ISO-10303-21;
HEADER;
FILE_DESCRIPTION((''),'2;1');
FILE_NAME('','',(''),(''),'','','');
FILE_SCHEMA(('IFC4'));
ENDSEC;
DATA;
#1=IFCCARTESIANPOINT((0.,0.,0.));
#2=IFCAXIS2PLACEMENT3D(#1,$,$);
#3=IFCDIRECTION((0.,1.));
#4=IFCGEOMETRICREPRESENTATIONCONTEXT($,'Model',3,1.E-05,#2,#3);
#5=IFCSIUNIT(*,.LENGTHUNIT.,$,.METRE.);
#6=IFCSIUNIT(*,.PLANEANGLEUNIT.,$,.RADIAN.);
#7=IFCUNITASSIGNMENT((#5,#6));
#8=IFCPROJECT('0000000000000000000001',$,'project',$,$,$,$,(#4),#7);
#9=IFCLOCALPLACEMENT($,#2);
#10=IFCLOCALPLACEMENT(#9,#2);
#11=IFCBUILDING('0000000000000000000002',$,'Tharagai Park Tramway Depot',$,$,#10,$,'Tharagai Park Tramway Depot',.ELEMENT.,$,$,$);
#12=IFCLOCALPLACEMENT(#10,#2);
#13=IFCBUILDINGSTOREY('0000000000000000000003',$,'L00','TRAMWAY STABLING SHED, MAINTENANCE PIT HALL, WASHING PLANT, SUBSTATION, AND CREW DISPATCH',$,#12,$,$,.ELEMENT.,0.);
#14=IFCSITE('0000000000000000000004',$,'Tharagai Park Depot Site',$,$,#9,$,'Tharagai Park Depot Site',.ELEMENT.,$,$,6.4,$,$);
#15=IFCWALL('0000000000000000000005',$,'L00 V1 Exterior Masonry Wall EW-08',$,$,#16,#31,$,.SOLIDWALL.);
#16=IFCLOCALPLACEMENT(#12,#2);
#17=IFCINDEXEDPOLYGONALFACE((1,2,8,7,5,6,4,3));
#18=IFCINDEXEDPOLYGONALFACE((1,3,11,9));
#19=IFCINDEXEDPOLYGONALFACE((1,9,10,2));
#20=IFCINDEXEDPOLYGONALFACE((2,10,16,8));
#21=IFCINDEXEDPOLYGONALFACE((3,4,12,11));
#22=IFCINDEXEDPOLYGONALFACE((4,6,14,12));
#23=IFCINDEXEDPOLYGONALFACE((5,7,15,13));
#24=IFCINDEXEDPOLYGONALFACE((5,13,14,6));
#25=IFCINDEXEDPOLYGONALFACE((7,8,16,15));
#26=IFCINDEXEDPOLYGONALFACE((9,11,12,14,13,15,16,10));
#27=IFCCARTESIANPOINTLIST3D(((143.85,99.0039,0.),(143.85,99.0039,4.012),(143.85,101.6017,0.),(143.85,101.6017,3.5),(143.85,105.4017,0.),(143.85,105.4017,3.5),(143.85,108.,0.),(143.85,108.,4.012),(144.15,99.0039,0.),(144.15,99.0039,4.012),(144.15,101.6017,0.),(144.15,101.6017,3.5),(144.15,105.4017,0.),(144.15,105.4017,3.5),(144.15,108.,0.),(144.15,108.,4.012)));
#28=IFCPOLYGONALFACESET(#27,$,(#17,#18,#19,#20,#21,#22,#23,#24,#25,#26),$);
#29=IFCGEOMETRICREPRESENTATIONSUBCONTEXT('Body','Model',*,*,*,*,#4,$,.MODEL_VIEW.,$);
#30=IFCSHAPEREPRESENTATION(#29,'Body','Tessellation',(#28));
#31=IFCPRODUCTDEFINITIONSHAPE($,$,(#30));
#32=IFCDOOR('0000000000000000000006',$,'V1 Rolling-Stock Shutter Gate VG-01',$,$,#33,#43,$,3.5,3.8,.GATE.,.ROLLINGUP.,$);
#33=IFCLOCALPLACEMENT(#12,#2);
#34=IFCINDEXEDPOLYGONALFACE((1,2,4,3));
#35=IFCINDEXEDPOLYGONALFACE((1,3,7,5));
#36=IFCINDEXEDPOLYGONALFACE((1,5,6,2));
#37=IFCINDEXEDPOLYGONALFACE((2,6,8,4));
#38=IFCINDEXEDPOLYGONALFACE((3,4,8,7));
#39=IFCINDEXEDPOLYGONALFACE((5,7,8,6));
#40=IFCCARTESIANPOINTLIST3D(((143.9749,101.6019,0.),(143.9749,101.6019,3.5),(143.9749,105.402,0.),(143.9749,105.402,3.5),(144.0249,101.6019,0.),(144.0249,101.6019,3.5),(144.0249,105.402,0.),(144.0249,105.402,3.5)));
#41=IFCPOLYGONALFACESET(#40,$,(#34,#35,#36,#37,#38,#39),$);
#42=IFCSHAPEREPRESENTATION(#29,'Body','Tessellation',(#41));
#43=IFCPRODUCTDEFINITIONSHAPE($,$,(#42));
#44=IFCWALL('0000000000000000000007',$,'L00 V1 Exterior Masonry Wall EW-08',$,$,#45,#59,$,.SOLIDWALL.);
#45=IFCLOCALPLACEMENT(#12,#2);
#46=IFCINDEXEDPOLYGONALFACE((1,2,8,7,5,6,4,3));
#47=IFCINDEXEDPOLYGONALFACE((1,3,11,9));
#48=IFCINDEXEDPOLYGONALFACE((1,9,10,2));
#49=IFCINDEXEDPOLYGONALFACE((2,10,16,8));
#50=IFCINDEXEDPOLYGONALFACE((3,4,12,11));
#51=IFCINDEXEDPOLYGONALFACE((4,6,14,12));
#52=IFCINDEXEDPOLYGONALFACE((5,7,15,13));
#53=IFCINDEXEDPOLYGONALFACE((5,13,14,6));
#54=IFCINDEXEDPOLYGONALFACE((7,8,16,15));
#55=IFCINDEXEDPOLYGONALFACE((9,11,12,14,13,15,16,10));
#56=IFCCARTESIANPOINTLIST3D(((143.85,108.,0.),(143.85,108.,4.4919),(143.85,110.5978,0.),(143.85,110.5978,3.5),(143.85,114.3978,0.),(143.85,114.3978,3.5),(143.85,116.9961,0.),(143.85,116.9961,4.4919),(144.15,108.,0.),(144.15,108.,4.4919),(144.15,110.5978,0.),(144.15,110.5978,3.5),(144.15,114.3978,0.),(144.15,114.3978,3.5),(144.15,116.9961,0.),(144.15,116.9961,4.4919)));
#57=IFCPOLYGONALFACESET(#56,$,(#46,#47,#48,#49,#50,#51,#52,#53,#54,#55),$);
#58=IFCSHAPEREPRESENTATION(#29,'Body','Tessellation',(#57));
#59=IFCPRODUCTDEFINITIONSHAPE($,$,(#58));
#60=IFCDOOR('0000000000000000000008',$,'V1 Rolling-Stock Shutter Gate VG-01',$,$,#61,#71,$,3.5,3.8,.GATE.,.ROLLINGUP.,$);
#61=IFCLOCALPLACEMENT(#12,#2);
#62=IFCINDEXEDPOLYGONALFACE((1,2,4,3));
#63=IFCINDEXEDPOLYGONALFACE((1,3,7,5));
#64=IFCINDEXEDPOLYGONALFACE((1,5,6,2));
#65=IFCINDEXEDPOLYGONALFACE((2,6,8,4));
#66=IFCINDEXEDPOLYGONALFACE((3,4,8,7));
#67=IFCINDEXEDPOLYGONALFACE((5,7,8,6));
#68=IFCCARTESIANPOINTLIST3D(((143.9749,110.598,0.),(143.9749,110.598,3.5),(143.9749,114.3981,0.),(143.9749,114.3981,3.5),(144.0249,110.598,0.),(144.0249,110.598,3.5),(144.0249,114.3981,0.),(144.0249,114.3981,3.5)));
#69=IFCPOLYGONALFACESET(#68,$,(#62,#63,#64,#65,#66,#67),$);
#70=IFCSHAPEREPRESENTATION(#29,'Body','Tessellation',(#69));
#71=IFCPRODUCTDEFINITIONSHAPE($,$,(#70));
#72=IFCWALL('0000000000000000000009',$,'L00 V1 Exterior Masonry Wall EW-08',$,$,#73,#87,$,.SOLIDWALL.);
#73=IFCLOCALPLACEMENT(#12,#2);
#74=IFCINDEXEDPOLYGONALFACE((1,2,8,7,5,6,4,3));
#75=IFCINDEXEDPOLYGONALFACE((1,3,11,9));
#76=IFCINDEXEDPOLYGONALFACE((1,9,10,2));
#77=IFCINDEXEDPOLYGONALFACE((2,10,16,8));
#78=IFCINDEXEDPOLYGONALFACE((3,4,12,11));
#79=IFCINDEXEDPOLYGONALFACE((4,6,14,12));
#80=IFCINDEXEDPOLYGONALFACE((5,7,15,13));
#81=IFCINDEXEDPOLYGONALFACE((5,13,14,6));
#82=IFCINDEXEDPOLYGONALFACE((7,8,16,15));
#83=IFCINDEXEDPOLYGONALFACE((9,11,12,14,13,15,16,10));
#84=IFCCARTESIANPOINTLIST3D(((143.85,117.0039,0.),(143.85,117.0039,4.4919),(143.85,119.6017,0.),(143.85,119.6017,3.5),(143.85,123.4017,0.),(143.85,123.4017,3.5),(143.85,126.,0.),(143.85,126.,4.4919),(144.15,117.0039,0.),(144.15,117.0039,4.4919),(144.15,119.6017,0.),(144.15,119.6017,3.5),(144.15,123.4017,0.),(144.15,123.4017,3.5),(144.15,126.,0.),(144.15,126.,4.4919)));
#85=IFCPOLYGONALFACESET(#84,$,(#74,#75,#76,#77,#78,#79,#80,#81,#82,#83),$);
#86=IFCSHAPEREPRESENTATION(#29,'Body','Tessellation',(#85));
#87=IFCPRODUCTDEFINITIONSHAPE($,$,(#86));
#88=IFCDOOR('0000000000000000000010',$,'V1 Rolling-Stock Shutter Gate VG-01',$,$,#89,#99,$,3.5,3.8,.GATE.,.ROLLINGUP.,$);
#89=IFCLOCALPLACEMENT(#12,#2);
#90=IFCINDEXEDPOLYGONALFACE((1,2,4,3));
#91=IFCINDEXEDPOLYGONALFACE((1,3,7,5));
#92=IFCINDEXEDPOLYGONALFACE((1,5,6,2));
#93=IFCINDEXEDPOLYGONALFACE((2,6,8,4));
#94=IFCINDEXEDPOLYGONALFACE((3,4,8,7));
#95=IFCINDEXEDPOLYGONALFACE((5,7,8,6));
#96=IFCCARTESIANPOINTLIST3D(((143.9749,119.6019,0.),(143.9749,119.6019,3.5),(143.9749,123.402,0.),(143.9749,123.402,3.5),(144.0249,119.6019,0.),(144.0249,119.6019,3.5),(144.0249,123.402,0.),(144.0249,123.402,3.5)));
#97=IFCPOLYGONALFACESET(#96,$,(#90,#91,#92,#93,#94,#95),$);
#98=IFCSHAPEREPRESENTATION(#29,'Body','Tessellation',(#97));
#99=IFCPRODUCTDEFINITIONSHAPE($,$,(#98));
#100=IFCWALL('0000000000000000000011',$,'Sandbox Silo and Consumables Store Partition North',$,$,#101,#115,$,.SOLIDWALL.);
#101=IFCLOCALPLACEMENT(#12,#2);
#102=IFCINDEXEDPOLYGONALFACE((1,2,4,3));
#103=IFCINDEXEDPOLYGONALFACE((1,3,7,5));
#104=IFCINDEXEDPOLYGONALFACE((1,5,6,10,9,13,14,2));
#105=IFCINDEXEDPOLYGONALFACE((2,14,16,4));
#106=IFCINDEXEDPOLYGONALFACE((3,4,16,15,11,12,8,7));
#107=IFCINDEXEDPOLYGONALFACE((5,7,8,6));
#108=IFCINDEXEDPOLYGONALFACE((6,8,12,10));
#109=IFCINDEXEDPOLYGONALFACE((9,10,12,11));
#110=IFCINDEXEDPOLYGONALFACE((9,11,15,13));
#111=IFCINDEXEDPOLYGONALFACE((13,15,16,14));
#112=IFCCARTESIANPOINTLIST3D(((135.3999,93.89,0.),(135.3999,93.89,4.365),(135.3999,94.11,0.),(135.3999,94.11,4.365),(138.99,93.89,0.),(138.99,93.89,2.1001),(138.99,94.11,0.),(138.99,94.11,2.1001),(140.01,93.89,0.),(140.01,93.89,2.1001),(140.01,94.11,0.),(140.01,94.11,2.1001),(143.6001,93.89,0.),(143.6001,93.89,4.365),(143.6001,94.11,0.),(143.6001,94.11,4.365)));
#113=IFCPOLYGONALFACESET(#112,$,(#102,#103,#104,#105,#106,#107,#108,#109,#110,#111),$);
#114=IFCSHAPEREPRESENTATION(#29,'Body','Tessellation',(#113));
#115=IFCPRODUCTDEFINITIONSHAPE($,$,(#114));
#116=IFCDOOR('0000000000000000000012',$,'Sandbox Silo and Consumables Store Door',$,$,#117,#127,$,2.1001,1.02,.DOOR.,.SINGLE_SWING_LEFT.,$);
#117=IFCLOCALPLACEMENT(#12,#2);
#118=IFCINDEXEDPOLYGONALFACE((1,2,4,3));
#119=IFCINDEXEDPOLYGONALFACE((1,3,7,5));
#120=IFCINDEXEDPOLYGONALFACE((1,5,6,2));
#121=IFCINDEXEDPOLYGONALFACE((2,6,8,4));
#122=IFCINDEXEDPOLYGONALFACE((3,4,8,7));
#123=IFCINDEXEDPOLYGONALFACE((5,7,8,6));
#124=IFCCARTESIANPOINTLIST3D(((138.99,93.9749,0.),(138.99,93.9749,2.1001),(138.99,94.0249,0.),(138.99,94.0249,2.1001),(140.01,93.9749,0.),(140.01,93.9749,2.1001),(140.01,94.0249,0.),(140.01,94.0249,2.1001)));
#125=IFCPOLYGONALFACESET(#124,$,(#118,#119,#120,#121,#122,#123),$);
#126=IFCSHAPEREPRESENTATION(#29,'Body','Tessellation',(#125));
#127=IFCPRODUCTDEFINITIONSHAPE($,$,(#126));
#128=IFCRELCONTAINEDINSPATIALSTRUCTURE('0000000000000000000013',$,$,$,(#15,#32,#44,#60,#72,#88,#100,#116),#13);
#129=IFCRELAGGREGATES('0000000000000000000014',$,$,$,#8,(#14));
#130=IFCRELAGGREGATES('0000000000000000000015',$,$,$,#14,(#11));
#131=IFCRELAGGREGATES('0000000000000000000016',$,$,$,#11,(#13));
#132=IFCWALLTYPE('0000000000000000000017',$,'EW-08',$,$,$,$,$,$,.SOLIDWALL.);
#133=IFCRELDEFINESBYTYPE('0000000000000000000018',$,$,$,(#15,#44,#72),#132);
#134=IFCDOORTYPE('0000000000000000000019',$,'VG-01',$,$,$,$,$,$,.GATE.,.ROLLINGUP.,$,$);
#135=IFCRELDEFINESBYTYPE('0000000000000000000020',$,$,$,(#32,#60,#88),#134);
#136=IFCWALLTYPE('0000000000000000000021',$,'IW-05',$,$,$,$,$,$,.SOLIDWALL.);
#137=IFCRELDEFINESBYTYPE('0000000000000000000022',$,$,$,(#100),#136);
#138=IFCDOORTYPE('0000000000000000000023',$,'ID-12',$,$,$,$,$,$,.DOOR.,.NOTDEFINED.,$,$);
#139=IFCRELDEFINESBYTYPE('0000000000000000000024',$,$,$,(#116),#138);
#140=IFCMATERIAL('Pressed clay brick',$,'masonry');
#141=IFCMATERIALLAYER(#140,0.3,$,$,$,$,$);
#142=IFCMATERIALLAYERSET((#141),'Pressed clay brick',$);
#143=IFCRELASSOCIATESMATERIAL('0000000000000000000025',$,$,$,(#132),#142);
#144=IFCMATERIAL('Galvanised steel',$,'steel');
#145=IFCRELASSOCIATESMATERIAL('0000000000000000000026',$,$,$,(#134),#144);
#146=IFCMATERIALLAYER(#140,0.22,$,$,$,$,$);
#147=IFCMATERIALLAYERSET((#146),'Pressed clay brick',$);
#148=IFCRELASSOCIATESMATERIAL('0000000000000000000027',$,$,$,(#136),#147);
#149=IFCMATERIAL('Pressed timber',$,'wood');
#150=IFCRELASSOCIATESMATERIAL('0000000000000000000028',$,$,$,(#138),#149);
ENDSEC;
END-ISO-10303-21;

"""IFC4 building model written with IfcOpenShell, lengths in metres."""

from ifc_helpers import new_model, si_unit, direction, frame, frame_2d, origin, place, context, subcontext, project, spatial, rectangle, extrude, material, layer, layer_set, type_object, element, fill, save


model = new_model("IFC4")

# Units and contexts
model_context = context("Model", 3, precision=1e-05, world=origin(), true_north=direction((0.0, 1.0)))
body_context = subcontext(model_context, "Body", "Model", "MODEL_VIEW")
ifc_project = project(units=[si_unit("LENGTHUNIT", "METRE"), si_unit("PLANEANGLEUNIT", "RADIAN")], contexts=[model_context])

# Site, building, storey
site_placement = place(None, origin())
site = spatial("IfcSite", under=ifc_project, at=site_placement, Name="Tharagai Park Depot Site", LongName="Tharagai Park Depot Site", CompositionType="ELEMENT", RefElevation=6.4)
building_placement = place(site_placement, origin())
building = spatial("IfcBuilding", under=site, at=building_placement, Name="Tharagai Park Tramway Depot", LongName="Tharagai Park Tramway Depot", CompositionType="ELEMENT")
storey_placement = place(building_placement, origin())
storey = spatial("IfcBuildingStorey", under=building, at=storey_placement, Name="L00", Description="TRAMWAY STABLING SHED, MAINTENANCE PIT HALL, WASHING PLANT, SUBSTATION, AND CREW DISPATCH", CompositionType="ELEMENT", Elevation=0.0)

# Walls, openings, doors
ifc_material_1 = material(Name="Pressed clay brick", Category="masonry")
ifc_layer_1 = layer(ifc_material_1, 0.3)
ifc_layer_set_1 = layer_set([ifc_layer_1], Name="Pressed clay brick")
wall_type_1 = type_object("IfcWallType", Name="EW-08", PredefinedType="SOLIDWALL", material=ifc_layer_set_1)
wall_1_placement = place(storey_placement, frame((144.0, 99.0039, 0.0), z_axis=(0.0, 0.0, 1.0), x_axis=(0.0, 1.0, 0.0)))
wall_1 = element("IfcWall", 1, at=wall_1_placement, inside=storey, type_object=wall_type_1, Name="L00 V1 Exterior Masonry Wall EW-08", PredefinedType="SOLIDWALL", context=body_context, shape_type="SweptSolid", body=[
    extrude(rectangle(XDim=8.9961, YDim=0.3, at=frame_2d((4.498, 0.0))), origin(), (0.0, 0.0, 1.0), 4.012),
])
opening_1_placement = place(wall_1_placement, frame((2.5979, 0.0, 0.0)))
opening_1 = element("IfcOpeningElement", 2, at=opening_1_placement, cuts=wall_1, PredefinedType="OPENING", context=body_context, shape_type="SweptSolid", body=[
    extrude(rectangle(XDim=3.8, YDim=3.5, at=frame_2d((1.8999, 1.75))), frame((0.0, 0.1599, 0.0), z_axis=(0.0, -1.0, 0.0), x_axis=(1.0, 0.0, 0.0)), (0.0, 0.0, 1.0), 0.3201),
])
ifc_material_2 = material(Name="Galvanised steel", Category="steel")
door_type_1 = type_object("IfcDoorType", Name="VG-01", OperationType="ROLLINGUP", PredefinedType="GATE", material=ifc_material_2)
door_1_placement = place(opening_1_placement, frame((3.8, 0.0, 0.0), z_axis=(0.0, 0.0, 1.0), x_axis=(-1.0, 0.0, 0.0)))
door_1 = element("IfcDoor", 3, at=door_1_placement, inside=storey, type_object=door_type_1, Name="V1 Rolling-Stock Shutter Gate VG-01", OperationType="ROLLINGUP", OverallHeight=3.5, OverallWidth=3.8, PredefinedType="GATE", context=body_context, shape_type="SweptSolid", body=[
    extrude(rectangle(XDim=3.8, YDim=3.5, at=frame_2d((1.8999, 1.75))), frame((0.0, 0.0249, 0.0), z_axis=(0.0, -1.0, 0.0), x_axis=(1.0, 0.0, 0.0)), (0.0, 0.0, 1.0), 0.05),
])
fill(opening_1, door_1)
wall_2_placement = place(storey_placement, frame((144.0, 108.0, 0.0), z_axis=(0.0, 0.0, 1.0), x_axis=(0.0, 1.0, 0.0)))
wall_2 = element("IfcWall", 4, at=wall_2_placement, inside=storey, type_object=wall_type_1, Name="L00 V1 Exterior Masonry Wall EW-08", PredefinedType="SOLIDWALL", context=body_context, shape_type="SweptSolid", body=[
    extrude(rectangle(XDim=8.9961, YDim=0.3, at=frame_2d((4.498, 0.0))), origin(), (0.0, 0.0, 1.0), 4.4919),
])
opening_2_placement = place(wall_2_placement, frame((2.5979, 0.0, 0.0)))
opening_2 = element("IfcOpeningElement", 5, at=opening_2_placement, cuts=wall_2, PredefinedType="OPENING", context=body_context, shape_type="SweptSolid", body=[
    extrude(rectangle(XDim=3.8, YDim=3.5, at=frame_2d((1.8999, 1.75))), frame((0.0, 0.1599, 0.0), z_axis=(0.0, -1.0, 0.0), x_axis=(1.0, 0.0, 0.0)), (0.0, 0.0, 1.0), 0.3201),
])
door_2_placement = place(opening_2_placement, frame((3.8, 0.0, 0.0), z_axis=(0.0, 0.0, 1.0), x_axis=(-1.0, 0.0, 0.0)))
door_2 = element("IfcDoor", 6, at=door_2_placement, inside=storey, type_object=door_type_1, Name="V1 Rolling-Stock Shutter Gate VG-01", OperationType="ROLLINGUP", OverallHeight=3.5, OverallWidth=3.8, PredefinedType="GATE", context=body_context, shape_type="SweptSolid", body=[
    extrude(rectangle(XDim=3.8, YDim=3.5, at=frame_2d((1.8999, 1.75))), frame((0.0, 0.0249, 0.0), z_axis=(0.0, -1.0, 0.0), x_axis=(1.0, 0.0, 0.0)), (0.0, 0.0, 1.0), 0.05),
])
fill(opening_2, door_2)
wall_3_placement = place(storey_placement, frame((144.0, 117.0039, 0.0), z_axis=(0.0, 0.0, 1.0), x_axis=(0.0, 1.0, 0.0)))
wall_3 = element("IfcWall", 7, at=wall_3_placement, inside=storey, type_object=wall_type_1, Name="L00 V1 Exterior Masonry Wall EW-08", PredefinedType="SOLIDWALL", context=body_context, shape_type="SweptSolid", body=[
    extrude(rectangle(XDim=8.9961, YDim=0.3, at=frame_2d((4.498, 0.0))), origin(), (0.0, 0.0, 1.0), 4.4919),
])
opening_3_placement = place(wall_3_placement, frame((2.5979, 0.0, 0.0)))
opening_3 = element("IfcOpeningElement", 8, at=opening_3_placement, cuts=wall_3, PredefinedType="OPENING", context=body_context, shape_type="SweptSolid", body=[
    extrude(rectangle(XDim=3.8, YDim=3.5, at=frame_2d((1.8999, 1.75))), frame((0.0, 0.1599, 0.0), z_axis=(0.0, -1.0, 0.0), x_axis=(1.0, 0.0, 0.0)), (0.0, 0.0, 1.0), 0.3201),
])
door_3_placement = place(opening_3_placement, frame((3.8, 0.0, 0.0), z_axis=(0.0, 0.0, 1.0), x_axis=(-1.0, 0.0, 0.0)))
door_3 = element("IfcDoor", 9, at=door_3_placement, inside=storey, type_object=door_type_1, Name="V1 Rolling-Stock Shutter Gate VG-01", OperationType="ROLLINGUP", OverallHeight=3.5, OverallWidth=3.8, PredefinedType="GATE", context=body_context, shape_type="SweptSolid", body=[
    extrude(rectangle(XDim=3.8, YDim=3.5, at=frame_2d((1.8999, 1.75))), frame((0.0, 0.0249, 0.0), z_axis=(0.0, -1.0, 0.0), x_axis=(1.0, 0.0, 0.0)), (0.0, 0.0, 1.0), 0.05),
])
fill(opening_3, door_3)
ifc_layer_2 = layer(ifc_material_1, 0.22)
ifc_layer_set_2 = layer_set([ifc_layer_2], Name="Pressed clay brick")
wall_type_2 = type_object("IfcWallType", Name="IW-05", PredefinedType="SOLIDWALL", material=ifc_layer_set_2)
wall_4_placement = place(storey_placement, frame((135.3999, 94.0, 0.0), z_axis=(0.0, 0.0, 1.0), x_axis=(1.0, 0.0, 0.0)))
wall_4 = element("IfcWall", 10, at=wall_4_placement, inside=storey, type_object=wall_type_2, Name="Sandbox Silo and Consumables Store Partition North", PredefinedType="SOLIDWALL", context=body_context, shape_type="SweptSolid", body=[
    extrude(rectangle(XDim=8.2002, YDim=0.22, at=frame_2d((4.1001, 0.0))), origin(), (0.0, 0.0, 1.0), 4.365),
])
opening_4_placement = place(wall_4_placement, frame((3.5901, 0.0, 0.0)))
opening_4 = element("IfcOpeningElement", 11, at=opening_4_placement, cuts=wall_4, PredefinedType="OPENING", context=body_context, shape_type="SweptSolid", body=[
    extrude(rectangle(XDim=1.02, YDim=2.1001, at=frame_2d((0.51, 1.05))), frame((0.0, 0.1199, 0.0), z_axis=(0.0, -1.0, 0.0), x_axis=(1.0, 0.0, 0.0)), (0.0, 0.0, 1.0), 0.24),
])
ifc_material_3 = material(Name="Pressed timber", Category="wood")
door_type_2 = type_object("IfcDoorType", Name="ID-12", OperationType="NOTDEFINED", PredefinedType="DOOR", material=ifc_material_3)
door_4_placement = place(opening_4_placement, origin())
door_4 = element("IfcDoor", 12, at=door_4_placement, inside=storey, type_object=door_type_2, Name="Sandbox Silo and Consumables Store Door", OperationType="SINGLE_SWING_LEFT", OverallHeight=2.1001, OverallWidth=1.02, PredefinedType="DOOR", context=body_context, shape_type="SweptSolid", body=[
    extrude(rectangle(XDim=1.02, YDim=2.1001, at=frame_2d((0.51, 1.05))), frame((0.0, 0.0249, 0.0), z_axis=(0.0, -1.0, 0.0), x_axis=(1.0, 0.0, 0.0)), (0.0, 0.0, 1.0), 0.05),
])
fill(opening_4, door_4)

save(model, "model.ifc")
